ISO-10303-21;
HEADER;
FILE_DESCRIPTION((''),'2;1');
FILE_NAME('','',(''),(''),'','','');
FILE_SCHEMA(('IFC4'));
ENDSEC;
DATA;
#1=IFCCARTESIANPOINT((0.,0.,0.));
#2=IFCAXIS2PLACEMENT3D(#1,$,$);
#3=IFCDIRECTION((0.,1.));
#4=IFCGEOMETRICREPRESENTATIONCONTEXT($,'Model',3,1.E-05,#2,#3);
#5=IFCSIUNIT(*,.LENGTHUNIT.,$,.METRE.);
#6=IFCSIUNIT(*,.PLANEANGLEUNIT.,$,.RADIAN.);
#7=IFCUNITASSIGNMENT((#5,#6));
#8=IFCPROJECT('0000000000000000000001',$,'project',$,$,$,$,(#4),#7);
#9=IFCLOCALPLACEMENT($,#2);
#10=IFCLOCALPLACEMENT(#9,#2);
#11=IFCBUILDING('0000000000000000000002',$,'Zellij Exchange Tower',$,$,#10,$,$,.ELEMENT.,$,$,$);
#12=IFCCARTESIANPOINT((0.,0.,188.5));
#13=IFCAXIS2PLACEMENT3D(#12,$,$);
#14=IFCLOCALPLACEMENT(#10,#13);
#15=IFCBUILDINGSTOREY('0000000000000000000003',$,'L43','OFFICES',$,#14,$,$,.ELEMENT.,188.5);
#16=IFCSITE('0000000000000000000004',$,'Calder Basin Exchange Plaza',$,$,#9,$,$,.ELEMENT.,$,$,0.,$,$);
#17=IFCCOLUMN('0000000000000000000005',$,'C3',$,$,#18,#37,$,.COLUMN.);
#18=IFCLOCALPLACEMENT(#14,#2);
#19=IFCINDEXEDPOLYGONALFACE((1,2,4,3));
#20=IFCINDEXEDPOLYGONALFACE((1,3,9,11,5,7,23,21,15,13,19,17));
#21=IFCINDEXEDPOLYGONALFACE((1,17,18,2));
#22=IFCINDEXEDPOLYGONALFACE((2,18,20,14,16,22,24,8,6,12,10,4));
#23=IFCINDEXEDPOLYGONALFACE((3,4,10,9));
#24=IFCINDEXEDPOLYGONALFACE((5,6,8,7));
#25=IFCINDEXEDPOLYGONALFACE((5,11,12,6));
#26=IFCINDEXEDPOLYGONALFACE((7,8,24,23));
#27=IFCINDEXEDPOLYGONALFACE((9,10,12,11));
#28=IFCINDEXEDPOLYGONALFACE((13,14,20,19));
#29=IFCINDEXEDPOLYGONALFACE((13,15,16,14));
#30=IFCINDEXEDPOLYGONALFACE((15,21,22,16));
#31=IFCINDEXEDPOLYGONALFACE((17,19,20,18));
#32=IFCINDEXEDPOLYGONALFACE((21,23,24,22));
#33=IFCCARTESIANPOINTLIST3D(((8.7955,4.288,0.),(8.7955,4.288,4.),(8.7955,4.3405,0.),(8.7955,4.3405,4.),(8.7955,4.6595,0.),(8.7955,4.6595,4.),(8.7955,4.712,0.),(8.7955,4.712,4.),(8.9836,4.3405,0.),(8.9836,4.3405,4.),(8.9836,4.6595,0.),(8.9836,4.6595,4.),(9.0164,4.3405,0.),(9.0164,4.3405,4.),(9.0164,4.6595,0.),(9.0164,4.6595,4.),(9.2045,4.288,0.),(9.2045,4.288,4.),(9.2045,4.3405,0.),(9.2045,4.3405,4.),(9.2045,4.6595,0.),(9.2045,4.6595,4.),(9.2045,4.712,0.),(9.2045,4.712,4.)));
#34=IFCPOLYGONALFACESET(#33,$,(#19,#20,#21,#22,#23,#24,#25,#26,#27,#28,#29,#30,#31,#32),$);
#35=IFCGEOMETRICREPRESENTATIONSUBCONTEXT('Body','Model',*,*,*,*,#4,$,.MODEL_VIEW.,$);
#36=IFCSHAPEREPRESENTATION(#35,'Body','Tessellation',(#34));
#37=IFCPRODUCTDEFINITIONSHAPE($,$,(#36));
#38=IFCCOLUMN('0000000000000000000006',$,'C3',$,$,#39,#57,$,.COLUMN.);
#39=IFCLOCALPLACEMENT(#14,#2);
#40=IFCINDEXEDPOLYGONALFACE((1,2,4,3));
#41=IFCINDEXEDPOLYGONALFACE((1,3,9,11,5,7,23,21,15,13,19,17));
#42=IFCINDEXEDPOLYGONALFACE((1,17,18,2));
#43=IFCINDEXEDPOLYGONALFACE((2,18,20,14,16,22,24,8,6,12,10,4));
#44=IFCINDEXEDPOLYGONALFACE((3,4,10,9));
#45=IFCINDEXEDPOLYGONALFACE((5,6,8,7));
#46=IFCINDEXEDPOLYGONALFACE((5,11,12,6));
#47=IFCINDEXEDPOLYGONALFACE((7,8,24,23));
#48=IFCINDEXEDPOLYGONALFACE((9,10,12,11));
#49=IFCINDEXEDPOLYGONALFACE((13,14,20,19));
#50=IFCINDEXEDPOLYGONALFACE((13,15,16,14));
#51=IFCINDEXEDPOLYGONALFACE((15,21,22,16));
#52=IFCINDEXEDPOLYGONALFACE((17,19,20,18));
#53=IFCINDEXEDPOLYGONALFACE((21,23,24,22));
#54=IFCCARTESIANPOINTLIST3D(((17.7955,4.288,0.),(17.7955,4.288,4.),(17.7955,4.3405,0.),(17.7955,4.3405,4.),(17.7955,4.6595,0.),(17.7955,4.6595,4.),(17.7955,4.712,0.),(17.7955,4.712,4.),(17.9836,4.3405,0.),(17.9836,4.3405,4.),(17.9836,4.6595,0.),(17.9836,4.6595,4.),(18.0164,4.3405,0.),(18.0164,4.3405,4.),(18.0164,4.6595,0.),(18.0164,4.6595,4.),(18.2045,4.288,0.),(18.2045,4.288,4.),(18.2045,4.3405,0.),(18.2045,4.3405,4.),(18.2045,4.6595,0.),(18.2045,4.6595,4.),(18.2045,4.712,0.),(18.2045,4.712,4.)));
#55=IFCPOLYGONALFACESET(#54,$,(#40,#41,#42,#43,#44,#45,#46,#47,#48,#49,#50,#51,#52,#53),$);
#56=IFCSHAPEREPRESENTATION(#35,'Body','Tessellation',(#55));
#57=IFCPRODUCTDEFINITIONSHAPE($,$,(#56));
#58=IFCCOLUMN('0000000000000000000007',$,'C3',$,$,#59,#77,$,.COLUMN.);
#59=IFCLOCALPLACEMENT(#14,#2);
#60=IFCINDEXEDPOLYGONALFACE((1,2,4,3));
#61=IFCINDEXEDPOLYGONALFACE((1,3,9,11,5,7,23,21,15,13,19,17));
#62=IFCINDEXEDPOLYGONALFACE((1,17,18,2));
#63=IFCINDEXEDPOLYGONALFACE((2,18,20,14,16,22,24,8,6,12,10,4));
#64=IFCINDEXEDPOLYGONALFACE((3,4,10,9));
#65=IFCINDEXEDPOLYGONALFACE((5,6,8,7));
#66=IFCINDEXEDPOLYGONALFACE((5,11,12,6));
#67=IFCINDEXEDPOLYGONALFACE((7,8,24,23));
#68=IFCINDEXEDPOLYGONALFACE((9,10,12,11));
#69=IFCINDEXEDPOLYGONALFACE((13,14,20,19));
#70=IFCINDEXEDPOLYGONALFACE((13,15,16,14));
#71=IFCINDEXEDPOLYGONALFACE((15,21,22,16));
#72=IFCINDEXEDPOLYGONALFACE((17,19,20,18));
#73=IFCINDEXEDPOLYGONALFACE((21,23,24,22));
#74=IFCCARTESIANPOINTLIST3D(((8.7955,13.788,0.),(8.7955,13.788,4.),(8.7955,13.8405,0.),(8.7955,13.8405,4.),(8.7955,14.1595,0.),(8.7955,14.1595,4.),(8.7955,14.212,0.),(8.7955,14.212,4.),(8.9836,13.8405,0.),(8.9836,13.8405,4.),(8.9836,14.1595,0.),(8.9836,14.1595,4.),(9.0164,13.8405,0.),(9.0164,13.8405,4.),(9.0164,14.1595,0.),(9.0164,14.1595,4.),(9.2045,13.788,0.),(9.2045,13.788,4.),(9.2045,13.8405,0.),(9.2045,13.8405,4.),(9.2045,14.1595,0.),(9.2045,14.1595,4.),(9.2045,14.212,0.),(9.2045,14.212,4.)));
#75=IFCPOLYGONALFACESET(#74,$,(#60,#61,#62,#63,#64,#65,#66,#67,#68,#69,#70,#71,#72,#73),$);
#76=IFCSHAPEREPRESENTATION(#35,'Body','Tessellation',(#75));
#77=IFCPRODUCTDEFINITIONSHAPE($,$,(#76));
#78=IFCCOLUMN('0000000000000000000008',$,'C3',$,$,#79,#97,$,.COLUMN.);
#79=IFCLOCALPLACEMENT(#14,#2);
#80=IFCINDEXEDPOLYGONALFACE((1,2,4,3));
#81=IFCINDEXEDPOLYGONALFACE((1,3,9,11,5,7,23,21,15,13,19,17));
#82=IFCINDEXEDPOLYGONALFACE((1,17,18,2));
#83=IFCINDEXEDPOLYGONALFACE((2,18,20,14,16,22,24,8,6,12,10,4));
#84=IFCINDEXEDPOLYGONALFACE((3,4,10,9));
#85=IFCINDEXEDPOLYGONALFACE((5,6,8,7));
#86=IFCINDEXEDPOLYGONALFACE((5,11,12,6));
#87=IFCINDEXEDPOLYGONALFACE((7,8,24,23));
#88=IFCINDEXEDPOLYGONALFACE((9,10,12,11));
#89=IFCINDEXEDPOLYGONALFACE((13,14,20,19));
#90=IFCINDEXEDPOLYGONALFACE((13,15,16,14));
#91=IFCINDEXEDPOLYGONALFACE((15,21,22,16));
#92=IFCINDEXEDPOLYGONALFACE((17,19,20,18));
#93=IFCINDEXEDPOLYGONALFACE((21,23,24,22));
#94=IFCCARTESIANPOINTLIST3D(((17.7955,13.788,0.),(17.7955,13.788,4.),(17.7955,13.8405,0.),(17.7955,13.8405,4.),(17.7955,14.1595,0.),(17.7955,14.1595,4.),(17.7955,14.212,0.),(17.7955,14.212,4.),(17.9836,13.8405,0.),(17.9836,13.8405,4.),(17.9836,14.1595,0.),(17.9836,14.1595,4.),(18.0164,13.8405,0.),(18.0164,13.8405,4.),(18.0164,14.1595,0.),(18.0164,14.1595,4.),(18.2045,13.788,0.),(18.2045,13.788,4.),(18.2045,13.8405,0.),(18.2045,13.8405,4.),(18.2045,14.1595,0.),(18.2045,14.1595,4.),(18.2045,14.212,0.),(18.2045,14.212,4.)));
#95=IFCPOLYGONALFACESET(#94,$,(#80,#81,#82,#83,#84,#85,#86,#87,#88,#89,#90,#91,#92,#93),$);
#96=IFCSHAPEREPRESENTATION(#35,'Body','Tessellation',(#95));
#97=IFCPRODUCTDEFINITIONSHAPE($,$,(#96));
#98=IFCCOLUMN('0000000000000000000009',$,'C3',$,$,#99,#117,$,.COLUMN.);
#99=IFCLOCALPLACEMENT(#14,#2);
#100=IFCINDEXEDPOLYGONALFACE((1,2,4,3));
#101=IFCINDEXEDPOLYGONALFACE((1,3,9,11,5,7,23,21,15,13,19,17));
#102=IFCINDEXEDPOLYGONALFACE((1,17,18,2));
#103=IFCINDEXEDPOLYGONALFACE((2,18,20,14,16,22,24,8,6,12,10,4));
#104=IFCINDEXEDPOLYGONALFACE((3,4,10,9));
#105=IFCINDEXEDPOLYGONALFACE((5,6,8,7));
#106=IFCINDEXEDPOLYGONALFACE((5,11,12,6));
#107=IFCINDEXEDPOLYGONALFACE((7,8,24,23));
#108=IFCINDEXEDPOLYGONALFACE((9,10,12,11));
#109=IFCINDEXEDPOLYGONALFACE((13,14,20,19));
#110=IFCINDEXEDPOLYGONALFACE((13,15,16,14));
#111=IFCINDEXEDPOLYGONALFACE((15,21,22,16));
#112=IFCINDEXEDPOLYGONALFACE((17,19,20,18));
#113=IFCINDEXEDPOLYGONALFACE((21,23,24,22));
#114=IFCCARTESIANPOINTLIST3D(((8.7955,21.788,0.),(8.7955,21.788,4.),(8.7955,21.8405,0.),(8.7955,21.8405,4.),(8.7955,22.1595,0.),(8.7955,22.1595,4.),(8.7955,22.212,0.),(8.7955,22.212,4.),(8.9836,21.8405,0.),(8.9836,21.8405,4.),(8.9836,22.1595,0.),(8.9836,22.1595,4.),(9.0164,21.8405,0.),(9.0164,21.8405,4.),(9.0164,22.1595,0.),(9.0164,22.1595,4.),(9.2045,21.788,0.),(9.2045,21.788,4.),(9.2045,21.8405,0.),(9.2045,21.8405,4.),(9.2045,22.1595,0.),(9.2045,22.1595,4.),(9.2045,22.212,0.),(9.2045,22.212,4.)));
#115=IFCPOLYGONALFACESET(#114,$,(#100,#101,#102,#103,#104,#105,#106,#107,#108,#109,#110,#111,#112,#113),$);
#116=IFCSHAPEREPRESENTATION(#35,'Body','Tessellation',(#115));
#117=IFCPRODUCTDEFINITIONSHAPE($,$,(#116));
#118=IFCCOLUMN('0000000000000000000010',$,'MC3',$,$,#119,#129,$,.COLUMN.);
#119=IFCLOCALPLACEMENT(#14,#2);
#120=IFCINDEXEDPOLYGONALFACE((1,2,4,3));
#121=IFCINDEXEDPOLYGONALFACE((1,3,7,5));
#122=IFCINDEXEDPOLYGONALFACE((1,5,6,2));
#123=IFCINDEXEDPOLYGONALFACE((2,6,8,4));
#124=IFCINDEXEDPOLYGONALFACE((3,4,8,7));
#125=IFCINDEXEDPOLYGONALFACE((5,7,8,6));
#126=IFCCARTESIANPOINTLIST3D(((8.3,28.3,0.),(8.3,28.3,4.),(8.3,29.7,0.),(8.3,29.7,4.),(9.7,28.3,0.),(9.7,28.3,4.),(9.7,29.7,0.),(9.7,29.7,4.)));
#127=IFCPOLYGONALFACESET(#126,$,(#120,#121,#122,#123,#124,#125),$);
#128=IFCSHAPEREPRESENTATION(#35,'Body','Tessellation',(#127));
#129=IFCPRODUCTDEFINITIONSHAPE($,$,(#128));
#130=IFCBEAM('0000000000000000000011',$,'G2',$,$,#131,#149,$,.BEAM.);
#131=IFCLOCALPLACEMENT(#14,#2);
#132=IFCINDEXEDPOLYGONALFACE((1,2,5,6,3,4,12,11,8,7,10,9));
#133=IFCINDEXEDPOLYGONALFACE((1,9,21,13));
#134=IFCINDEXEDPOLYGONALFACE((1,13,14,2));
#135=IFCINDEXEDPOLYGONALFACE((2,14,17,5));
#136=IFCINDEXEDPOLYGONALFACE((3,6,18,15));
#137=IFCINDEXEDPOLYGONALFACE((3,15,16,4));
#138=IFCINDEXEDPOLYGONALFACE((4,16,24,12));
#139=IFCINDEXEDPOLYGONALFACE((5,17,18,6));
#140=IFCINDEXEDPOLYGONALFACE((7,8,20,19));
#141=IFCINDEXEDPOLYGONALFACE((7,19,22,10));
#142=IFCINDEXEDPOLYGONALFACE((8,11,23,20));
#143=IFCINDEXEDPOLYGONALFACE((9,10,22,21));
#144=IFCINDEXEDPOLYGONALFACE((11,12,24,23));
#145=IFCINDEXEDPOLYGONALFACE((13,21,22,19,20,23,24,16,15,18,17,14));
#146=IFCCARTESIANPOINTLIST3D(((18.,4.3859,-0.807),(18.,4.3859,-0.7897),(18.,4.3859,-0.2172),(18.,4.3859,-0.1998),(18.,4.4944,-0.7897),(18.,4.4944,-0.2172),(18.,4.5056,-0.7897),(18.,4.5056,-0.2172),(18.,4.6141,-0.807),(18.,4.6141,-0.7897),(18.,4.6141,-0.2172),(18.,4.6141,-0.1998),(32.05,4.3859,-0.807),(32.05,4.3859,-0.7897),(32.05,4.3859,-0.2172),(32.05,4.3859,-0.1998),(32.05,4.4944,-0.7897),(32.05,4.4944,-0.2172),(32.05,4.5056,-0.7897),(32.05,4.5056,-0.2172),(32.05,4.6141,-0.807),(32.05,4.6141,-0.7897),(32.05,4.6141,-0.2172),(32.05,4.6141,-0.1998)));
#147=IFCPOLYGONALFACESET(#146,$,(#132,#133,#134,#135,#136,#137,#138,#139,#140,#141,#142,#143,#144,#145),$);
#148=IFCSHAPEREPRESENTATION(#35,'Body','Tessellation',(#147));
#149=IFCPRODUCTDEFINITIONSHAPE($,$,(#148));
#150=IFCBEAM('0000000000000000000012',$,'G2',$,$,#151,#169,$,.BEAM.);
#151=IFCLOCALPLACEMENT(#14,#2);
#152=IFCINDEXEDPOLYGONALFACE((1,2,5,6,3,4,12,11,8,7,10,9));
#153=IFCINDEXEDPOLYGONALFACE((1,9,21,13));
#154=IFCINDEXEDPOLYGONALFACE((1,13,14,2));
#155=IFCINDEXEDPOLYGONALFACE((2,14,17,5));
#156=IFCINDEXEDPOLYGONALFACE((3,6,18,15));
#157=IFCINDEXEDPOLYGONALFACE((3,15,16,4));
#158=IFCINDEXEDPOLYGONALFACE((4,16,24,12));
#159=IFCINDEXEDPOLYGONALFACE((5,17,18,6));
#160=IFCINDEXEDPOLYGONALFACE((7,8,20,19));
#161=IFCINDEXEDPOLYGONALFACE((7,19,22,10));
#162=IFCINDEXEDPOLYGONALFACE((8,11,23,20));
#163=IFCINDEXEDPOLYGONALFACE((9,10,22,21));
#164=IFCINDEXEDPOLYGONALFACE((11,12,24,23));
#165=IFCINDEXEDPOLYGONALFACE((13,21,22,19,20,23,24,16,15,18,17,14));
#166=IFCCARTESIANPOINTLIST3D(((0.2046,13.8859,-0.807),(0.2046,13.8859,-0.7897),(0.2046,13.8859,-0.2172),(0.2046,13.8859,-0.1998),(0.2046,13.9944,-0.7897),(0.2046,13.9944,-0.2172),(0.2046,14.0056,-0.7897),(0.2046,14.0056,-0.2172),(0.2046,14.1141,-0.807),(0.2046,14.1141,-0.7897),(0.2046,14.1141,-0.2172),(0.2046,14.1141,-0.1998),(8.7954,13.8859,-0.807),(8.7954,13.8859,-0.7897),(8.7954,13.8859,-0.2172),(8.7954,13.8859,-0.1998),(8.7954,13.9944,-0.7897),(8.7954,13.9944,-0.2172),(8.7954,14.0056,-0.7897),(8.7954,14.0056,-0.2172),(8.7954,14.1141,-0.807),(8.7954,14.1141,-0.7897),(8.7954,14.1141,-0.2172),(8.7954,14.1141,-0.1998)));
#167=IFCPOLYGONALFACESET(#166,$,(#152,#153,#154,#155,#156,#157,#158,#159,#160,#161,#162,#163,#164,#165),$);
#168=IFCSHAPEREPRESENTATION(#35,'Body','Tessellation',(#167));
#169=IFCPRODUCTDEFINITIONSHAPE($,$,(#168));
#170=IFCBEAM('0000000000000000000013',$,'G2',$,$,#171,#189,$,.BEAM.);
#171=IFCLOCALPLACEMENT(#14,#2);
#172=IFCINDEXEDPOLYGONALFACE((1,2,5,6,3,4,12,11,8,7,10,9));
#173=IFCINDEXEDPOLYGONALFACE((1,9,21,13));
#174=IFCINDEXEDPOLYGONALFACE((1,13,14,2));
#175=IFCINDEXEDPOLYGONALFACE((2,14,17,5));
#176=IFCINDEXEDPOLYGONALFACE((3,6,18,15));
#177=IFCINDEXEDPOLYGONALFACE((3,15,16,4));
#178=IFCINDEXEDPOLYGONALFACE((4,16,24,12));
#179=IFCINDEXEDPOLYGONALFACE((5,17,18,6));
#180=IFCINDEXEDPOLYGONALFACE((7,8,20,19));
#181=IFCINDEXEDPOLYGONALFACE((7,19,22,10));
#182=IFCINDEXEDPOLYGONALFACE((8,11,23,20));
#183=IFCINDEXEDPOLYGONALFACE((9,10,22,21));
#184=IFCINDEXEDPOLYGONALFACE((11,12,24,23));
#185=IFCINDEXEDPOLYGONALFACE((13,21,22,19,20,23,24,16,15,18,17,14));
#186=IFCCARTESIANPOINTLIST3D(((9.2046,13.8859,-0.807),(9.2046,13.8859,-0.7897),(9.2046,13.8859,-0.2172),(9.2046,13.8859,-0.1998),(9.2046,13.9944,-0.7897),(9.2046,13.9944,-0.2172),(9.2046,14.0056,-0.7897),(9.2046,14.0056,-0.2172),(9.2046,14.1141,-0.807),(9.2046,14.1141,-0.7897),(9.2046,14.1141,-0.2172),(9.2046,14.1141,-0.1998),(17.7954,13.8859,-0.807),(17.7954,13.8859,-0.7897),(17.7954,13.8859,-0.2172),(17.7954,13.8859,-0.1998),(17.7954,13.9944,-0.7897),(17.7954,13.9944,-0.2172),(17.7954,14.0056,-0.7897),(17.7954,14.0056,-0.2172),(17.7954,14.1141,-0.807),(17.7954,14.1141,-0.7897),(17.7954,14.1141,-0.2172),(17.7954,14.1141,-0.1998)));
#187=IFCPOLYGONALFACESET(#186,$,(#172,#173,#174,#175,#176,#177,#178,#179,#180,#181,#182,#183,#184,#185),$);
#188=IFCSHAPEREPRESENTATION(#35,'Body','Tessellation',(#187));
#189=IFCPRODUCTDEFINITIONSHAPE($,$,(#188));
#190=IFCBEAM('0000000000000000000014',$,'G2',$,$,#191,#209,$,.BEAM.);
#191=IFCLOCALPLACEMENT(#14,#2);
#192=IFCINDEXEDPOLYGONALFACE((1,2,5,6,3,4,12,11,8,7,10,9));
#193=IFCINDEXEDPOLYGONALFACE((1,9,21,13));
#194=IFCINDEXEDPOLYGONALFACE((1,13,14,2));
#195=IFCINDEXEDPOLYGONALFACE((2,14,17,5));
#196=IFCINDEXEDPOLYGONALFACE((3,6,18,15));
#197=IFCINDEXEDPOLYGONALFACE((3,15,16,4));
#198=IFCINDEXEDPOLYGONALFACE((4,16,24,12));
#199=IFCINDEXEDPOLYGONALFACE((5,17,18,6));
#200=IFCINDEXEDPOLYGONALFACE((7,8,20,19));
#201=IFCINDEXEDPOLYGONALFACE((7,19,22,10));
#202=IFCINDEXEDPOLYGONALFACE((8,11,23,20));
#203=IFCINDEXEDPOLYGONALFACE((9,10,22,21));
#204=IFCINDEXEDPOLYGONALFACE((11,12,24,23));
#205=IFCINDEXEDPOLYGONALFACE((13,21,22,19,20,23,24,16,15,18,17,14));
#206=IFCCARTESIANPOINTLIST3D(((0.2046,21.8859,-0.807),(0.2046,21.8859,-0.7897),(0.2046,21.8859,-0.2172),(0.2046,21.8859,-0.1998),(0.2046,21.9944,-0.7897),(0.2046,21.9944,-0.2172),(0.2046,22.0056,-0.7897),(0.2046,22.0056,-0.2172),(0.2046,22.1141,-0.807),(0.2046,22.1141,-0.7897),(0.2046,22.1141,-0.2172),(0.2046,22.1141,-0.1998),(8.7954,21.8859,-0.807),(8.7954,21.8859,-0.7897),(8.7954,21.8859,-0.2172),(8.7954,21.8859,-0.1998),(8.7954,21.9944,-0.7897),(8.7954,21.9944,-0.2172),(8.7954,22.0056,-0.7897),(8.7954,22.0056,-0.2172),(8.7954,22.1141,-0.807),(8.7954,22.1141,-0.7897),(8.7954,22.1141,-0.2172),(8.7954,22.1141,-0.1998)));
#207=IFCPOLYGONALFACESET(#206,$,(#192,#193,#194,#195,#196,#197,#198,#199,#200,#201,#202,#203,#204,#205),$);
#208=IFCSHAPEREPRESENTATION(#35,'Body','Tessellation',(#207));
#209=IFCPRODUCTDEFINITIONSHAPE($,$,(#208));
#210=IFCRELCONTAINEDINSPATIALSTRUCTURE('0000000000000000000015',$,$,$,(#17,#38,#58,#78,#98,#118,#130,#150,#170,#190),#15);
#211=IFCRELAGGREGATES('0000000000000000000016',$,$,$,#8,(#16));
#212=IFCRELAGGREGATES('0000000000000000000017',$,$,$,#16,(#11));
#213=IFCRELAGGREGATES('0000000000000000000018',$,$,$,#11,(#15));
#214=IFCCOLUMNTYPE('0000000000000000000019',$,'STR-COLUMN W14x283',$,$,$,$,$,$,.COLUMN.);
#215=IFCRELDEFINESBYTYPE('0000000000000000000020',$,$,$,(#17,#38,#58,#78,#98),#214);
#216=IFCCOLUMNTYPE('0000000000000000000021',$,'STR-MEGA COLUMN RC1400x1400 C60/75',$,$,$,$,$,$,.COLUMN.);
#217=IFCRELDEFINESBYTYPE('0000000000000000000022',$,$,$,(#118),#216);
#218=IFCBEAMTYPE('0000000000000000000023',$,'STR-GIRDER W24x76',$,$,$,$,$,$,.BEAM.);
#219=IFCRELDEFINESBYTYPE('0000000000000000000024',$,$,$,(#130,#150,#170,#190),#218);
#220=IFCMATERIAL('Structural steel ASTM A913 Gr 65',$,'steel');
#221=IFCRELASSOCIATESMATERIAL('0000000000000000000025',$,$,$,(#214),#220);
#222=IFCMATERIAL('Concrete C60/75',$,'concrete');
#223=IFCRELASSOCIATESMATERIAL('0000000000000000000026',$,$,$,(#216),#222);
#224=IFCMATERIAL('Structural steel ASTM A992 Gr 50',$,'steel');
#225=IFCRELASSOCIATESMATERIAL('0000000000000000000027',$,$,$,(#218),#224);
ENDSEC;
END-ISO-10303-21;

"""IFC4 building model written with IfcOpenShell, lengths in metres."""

from ifc_helpers import new_model, si_unit, direction, frame, origin, origin_2d, place, context, subcontext, project, spatial, rectangle, i_section, extrude, material, material_profile, profile_set, type_object, element, save


model = new_model("IFC4")

# Units and contexts
model_context = context("Model", 3, precision=1e-05, world=origin(), true_north=direction((0.0, 1.0)))
body_context = subcontext(model_context, "Body", "Model", "MODEL_VIEW")
ifc_project = project(units=[si_unit("LENGTHUNIT", "METRE"), si_unit("PLANEANGLEUNIT", "RADIAN")], contexts=[model_context])

# Site, building, storey
site_placement = place(None, origin())
site = spatial("IfcSite", under=ifc_project, at=site_placement, Name="Calder Basin Exchange Plaza", CompositionType="ELEMENT", RefElevation=0.0)
building_placement = place(site_placement, origin())
building = spatial("IfcBuilding", under=site, at=building_placement, Name="Zellij Exchange Tower", CompositionType="ELEMENT")
storey_placement = place(building_placement, frame((0.0, 0.0, 188.5)))
storey = spatial("IfcBuildingStorey", under=building, at=storey_placement, Name="L43", Description="OFFICES", CompositionType="ELEMENT", Elevation=188.5)

# Columns
ifc_material_1 = material(Name="Structural steel ASTM A913 Gr 65", Category="steel")
ifc_material_profile_1 = material_profile(ifc_material_1, i_section(OverallWidth=0.4089, OverallDepth=0.4241, WebThickness=0.0327, FlangeThickness=0.0525, at=origin_2d()), Name="W14x283")
ifc_profile_set_1 = profile_set([ifc_material_profile_1], Name="Structural steel ASTM A913 Gr 65")
column_type_1 = type_object("IfcColumnType", Name="STR-COLUMN W14x283", PredefinedType="COLUMN", material=ifc_profile_set_1)
for number, where, z_axis, x_axis, name in (
    (1, (9.0, 4.5, 0.0), (0.0, 0.0, 1.0), (1.0, 0.0, 0.0), "C3"),
    (2, (18.0, 4.5, 0.0), (0.0, 0.0, 1.0), (1.0, 0.0, 0.0), "C3"),
    (3, (9.0, 14.0, 0.0), (0.0, 0.0, 1.0), (1.0, 0.0, 0.0), "C3"),
    (4, (18.0, 14.0, 0.0), (0.0, 0.0, 1.0), (1.0, 0.0, 0.0), "C3"),
    (5, (9.0, 22.0, 0.0), (0.0, 0.0, 1.0), (1.0, 0.0, 0.0), "C3"),
):
    element("IfcColumn", number, at=place(storey_placement, frame(where, z_axis=z_axis, x_axis=x_axis)), inside=storey, type_object=column_type_1, Name=name, PredefinedType="COLUMN", context=body_context, shape_type="SweptSolid", body=[
        extrude(i_section(OverallWidth=0.4089, OverallDepth=0.4241, WebThickness=0.0327, FlangeThickness=0.0525, at=origin_2d()), origin(), (0.0, 0.0, 1.0), 4.0),
    ])
ifc_material_2 = material(Name="Concrete C60/75", Category="concrete")
ifc_material_profile_2 = material_profile(ifc_material_2, rectangle(XDim=1.3999, YDim=1.3999, at=origin_2d()), Name="STR-MEGA COLUMN RC1400x1400 C60/75")
ifc_profile_set_2 = profile_set([ifc_material_profile_2], Name="Concrete C60/75")
column_type_2 = type_object("IfcColumnType", Name="STR-MEGA COLUMN RC1400x1400 C60/75", PredefinedType="COLUMN", material=ifc_profile_set_2)
column_placement = place(storey_placement, frame((9.0, 29.0, 0.0), z_axis=(0.0, 0.0, 1.0), x_axis=(1.0, 0.0, 0.0)))
element("IfcColumn", 6, at=column_placement, inside=storey, type_object=column_type_2, Name="MC3", PredefinedType="COLUMN", context=body_context, shape_type="SweptSolid", body=[
    extrude(rectangle(XDim=1.3999, YDim=1.3999, at=origin_2d()), origin(), (0.0, 0.0, 1.0), 4.0),
])

# Beams
ifc_material_3 = material(Name="Structural steel ASTM A992 Gr 50", Category="steel")
ifc_material_profile_3 = material_profile(ifc_material_3, i_section(OverallWidth=0.2283, OverallDepth=0.6072, WebThickness=0.0112, FlangeThickness=0.0173, at=origin_2d()), Name="W24x76")
ifc_profile_set_3 = profile_set([ifc_material_profile_3], Name="Structural steel ASTM A992 Gr 50")
beam_type = type_object("IfcBeamType", Name="STR-GIRDER W24x76", PredefinedType="BEAM", material=ifc_profile_set_3)
beam_1_placement = place(storey_placement, frame((18.0, 4.5, -0.5034), z_axis=(1.0, 0.0, 0.0), x_axis=(0.0, 1.0, 0.0)))
element("IfcBeam", 7, at=beam_1_placement, inside=storey, type_object=beam_type, Name="G2", PredefinedType="BEAM", context=body_context, shape_type="SweptSolid", body=[
    extrude(i_section(OverallWidth=0.2283, OverallDepth=0.6072, WebThickness=0.0112, FlangeThickness=0.0173, at=origin_2d()), origin(), (0.0, 0.0, 1.0), 14.05),
])
for number, where, z_axis, x_axis, name in (
    (8, (0.2046, 14.0, -0.5034), (1.0, 0.0, 0.0), (0.0, 1.0, 0.0), "G2"),
    (9, (9.2046, 14.0, -0.5034), (1.0, 0.0, 0.0), (0.0, 1.0, 0.0), "G2"),
    (10, (0.2046, 22.0, -0.5034), (1.0, 0.0, 0.0), (0.0, 1.0, 0.0), "G2"),
):
    element("IfcBeam", number, at=place(storey_placement, frame(where, z_axis=z_axis, x_axis=x_axis)), inside=storey, type_object=beam_type, Name=name, PredefinedType="BEAM", context=body_context, shape_type="SweptSolid", body=[
        extrude(i_section(OverallWidth=0.2283, OverallDepth=0.6072, WebThickness=0.0112, FlangeThickness=0.0173, at=origin_2d()), origin(), (0.0, 0.0, 1.0), 8.5908),
    ])

save(model, "model.ifc")
